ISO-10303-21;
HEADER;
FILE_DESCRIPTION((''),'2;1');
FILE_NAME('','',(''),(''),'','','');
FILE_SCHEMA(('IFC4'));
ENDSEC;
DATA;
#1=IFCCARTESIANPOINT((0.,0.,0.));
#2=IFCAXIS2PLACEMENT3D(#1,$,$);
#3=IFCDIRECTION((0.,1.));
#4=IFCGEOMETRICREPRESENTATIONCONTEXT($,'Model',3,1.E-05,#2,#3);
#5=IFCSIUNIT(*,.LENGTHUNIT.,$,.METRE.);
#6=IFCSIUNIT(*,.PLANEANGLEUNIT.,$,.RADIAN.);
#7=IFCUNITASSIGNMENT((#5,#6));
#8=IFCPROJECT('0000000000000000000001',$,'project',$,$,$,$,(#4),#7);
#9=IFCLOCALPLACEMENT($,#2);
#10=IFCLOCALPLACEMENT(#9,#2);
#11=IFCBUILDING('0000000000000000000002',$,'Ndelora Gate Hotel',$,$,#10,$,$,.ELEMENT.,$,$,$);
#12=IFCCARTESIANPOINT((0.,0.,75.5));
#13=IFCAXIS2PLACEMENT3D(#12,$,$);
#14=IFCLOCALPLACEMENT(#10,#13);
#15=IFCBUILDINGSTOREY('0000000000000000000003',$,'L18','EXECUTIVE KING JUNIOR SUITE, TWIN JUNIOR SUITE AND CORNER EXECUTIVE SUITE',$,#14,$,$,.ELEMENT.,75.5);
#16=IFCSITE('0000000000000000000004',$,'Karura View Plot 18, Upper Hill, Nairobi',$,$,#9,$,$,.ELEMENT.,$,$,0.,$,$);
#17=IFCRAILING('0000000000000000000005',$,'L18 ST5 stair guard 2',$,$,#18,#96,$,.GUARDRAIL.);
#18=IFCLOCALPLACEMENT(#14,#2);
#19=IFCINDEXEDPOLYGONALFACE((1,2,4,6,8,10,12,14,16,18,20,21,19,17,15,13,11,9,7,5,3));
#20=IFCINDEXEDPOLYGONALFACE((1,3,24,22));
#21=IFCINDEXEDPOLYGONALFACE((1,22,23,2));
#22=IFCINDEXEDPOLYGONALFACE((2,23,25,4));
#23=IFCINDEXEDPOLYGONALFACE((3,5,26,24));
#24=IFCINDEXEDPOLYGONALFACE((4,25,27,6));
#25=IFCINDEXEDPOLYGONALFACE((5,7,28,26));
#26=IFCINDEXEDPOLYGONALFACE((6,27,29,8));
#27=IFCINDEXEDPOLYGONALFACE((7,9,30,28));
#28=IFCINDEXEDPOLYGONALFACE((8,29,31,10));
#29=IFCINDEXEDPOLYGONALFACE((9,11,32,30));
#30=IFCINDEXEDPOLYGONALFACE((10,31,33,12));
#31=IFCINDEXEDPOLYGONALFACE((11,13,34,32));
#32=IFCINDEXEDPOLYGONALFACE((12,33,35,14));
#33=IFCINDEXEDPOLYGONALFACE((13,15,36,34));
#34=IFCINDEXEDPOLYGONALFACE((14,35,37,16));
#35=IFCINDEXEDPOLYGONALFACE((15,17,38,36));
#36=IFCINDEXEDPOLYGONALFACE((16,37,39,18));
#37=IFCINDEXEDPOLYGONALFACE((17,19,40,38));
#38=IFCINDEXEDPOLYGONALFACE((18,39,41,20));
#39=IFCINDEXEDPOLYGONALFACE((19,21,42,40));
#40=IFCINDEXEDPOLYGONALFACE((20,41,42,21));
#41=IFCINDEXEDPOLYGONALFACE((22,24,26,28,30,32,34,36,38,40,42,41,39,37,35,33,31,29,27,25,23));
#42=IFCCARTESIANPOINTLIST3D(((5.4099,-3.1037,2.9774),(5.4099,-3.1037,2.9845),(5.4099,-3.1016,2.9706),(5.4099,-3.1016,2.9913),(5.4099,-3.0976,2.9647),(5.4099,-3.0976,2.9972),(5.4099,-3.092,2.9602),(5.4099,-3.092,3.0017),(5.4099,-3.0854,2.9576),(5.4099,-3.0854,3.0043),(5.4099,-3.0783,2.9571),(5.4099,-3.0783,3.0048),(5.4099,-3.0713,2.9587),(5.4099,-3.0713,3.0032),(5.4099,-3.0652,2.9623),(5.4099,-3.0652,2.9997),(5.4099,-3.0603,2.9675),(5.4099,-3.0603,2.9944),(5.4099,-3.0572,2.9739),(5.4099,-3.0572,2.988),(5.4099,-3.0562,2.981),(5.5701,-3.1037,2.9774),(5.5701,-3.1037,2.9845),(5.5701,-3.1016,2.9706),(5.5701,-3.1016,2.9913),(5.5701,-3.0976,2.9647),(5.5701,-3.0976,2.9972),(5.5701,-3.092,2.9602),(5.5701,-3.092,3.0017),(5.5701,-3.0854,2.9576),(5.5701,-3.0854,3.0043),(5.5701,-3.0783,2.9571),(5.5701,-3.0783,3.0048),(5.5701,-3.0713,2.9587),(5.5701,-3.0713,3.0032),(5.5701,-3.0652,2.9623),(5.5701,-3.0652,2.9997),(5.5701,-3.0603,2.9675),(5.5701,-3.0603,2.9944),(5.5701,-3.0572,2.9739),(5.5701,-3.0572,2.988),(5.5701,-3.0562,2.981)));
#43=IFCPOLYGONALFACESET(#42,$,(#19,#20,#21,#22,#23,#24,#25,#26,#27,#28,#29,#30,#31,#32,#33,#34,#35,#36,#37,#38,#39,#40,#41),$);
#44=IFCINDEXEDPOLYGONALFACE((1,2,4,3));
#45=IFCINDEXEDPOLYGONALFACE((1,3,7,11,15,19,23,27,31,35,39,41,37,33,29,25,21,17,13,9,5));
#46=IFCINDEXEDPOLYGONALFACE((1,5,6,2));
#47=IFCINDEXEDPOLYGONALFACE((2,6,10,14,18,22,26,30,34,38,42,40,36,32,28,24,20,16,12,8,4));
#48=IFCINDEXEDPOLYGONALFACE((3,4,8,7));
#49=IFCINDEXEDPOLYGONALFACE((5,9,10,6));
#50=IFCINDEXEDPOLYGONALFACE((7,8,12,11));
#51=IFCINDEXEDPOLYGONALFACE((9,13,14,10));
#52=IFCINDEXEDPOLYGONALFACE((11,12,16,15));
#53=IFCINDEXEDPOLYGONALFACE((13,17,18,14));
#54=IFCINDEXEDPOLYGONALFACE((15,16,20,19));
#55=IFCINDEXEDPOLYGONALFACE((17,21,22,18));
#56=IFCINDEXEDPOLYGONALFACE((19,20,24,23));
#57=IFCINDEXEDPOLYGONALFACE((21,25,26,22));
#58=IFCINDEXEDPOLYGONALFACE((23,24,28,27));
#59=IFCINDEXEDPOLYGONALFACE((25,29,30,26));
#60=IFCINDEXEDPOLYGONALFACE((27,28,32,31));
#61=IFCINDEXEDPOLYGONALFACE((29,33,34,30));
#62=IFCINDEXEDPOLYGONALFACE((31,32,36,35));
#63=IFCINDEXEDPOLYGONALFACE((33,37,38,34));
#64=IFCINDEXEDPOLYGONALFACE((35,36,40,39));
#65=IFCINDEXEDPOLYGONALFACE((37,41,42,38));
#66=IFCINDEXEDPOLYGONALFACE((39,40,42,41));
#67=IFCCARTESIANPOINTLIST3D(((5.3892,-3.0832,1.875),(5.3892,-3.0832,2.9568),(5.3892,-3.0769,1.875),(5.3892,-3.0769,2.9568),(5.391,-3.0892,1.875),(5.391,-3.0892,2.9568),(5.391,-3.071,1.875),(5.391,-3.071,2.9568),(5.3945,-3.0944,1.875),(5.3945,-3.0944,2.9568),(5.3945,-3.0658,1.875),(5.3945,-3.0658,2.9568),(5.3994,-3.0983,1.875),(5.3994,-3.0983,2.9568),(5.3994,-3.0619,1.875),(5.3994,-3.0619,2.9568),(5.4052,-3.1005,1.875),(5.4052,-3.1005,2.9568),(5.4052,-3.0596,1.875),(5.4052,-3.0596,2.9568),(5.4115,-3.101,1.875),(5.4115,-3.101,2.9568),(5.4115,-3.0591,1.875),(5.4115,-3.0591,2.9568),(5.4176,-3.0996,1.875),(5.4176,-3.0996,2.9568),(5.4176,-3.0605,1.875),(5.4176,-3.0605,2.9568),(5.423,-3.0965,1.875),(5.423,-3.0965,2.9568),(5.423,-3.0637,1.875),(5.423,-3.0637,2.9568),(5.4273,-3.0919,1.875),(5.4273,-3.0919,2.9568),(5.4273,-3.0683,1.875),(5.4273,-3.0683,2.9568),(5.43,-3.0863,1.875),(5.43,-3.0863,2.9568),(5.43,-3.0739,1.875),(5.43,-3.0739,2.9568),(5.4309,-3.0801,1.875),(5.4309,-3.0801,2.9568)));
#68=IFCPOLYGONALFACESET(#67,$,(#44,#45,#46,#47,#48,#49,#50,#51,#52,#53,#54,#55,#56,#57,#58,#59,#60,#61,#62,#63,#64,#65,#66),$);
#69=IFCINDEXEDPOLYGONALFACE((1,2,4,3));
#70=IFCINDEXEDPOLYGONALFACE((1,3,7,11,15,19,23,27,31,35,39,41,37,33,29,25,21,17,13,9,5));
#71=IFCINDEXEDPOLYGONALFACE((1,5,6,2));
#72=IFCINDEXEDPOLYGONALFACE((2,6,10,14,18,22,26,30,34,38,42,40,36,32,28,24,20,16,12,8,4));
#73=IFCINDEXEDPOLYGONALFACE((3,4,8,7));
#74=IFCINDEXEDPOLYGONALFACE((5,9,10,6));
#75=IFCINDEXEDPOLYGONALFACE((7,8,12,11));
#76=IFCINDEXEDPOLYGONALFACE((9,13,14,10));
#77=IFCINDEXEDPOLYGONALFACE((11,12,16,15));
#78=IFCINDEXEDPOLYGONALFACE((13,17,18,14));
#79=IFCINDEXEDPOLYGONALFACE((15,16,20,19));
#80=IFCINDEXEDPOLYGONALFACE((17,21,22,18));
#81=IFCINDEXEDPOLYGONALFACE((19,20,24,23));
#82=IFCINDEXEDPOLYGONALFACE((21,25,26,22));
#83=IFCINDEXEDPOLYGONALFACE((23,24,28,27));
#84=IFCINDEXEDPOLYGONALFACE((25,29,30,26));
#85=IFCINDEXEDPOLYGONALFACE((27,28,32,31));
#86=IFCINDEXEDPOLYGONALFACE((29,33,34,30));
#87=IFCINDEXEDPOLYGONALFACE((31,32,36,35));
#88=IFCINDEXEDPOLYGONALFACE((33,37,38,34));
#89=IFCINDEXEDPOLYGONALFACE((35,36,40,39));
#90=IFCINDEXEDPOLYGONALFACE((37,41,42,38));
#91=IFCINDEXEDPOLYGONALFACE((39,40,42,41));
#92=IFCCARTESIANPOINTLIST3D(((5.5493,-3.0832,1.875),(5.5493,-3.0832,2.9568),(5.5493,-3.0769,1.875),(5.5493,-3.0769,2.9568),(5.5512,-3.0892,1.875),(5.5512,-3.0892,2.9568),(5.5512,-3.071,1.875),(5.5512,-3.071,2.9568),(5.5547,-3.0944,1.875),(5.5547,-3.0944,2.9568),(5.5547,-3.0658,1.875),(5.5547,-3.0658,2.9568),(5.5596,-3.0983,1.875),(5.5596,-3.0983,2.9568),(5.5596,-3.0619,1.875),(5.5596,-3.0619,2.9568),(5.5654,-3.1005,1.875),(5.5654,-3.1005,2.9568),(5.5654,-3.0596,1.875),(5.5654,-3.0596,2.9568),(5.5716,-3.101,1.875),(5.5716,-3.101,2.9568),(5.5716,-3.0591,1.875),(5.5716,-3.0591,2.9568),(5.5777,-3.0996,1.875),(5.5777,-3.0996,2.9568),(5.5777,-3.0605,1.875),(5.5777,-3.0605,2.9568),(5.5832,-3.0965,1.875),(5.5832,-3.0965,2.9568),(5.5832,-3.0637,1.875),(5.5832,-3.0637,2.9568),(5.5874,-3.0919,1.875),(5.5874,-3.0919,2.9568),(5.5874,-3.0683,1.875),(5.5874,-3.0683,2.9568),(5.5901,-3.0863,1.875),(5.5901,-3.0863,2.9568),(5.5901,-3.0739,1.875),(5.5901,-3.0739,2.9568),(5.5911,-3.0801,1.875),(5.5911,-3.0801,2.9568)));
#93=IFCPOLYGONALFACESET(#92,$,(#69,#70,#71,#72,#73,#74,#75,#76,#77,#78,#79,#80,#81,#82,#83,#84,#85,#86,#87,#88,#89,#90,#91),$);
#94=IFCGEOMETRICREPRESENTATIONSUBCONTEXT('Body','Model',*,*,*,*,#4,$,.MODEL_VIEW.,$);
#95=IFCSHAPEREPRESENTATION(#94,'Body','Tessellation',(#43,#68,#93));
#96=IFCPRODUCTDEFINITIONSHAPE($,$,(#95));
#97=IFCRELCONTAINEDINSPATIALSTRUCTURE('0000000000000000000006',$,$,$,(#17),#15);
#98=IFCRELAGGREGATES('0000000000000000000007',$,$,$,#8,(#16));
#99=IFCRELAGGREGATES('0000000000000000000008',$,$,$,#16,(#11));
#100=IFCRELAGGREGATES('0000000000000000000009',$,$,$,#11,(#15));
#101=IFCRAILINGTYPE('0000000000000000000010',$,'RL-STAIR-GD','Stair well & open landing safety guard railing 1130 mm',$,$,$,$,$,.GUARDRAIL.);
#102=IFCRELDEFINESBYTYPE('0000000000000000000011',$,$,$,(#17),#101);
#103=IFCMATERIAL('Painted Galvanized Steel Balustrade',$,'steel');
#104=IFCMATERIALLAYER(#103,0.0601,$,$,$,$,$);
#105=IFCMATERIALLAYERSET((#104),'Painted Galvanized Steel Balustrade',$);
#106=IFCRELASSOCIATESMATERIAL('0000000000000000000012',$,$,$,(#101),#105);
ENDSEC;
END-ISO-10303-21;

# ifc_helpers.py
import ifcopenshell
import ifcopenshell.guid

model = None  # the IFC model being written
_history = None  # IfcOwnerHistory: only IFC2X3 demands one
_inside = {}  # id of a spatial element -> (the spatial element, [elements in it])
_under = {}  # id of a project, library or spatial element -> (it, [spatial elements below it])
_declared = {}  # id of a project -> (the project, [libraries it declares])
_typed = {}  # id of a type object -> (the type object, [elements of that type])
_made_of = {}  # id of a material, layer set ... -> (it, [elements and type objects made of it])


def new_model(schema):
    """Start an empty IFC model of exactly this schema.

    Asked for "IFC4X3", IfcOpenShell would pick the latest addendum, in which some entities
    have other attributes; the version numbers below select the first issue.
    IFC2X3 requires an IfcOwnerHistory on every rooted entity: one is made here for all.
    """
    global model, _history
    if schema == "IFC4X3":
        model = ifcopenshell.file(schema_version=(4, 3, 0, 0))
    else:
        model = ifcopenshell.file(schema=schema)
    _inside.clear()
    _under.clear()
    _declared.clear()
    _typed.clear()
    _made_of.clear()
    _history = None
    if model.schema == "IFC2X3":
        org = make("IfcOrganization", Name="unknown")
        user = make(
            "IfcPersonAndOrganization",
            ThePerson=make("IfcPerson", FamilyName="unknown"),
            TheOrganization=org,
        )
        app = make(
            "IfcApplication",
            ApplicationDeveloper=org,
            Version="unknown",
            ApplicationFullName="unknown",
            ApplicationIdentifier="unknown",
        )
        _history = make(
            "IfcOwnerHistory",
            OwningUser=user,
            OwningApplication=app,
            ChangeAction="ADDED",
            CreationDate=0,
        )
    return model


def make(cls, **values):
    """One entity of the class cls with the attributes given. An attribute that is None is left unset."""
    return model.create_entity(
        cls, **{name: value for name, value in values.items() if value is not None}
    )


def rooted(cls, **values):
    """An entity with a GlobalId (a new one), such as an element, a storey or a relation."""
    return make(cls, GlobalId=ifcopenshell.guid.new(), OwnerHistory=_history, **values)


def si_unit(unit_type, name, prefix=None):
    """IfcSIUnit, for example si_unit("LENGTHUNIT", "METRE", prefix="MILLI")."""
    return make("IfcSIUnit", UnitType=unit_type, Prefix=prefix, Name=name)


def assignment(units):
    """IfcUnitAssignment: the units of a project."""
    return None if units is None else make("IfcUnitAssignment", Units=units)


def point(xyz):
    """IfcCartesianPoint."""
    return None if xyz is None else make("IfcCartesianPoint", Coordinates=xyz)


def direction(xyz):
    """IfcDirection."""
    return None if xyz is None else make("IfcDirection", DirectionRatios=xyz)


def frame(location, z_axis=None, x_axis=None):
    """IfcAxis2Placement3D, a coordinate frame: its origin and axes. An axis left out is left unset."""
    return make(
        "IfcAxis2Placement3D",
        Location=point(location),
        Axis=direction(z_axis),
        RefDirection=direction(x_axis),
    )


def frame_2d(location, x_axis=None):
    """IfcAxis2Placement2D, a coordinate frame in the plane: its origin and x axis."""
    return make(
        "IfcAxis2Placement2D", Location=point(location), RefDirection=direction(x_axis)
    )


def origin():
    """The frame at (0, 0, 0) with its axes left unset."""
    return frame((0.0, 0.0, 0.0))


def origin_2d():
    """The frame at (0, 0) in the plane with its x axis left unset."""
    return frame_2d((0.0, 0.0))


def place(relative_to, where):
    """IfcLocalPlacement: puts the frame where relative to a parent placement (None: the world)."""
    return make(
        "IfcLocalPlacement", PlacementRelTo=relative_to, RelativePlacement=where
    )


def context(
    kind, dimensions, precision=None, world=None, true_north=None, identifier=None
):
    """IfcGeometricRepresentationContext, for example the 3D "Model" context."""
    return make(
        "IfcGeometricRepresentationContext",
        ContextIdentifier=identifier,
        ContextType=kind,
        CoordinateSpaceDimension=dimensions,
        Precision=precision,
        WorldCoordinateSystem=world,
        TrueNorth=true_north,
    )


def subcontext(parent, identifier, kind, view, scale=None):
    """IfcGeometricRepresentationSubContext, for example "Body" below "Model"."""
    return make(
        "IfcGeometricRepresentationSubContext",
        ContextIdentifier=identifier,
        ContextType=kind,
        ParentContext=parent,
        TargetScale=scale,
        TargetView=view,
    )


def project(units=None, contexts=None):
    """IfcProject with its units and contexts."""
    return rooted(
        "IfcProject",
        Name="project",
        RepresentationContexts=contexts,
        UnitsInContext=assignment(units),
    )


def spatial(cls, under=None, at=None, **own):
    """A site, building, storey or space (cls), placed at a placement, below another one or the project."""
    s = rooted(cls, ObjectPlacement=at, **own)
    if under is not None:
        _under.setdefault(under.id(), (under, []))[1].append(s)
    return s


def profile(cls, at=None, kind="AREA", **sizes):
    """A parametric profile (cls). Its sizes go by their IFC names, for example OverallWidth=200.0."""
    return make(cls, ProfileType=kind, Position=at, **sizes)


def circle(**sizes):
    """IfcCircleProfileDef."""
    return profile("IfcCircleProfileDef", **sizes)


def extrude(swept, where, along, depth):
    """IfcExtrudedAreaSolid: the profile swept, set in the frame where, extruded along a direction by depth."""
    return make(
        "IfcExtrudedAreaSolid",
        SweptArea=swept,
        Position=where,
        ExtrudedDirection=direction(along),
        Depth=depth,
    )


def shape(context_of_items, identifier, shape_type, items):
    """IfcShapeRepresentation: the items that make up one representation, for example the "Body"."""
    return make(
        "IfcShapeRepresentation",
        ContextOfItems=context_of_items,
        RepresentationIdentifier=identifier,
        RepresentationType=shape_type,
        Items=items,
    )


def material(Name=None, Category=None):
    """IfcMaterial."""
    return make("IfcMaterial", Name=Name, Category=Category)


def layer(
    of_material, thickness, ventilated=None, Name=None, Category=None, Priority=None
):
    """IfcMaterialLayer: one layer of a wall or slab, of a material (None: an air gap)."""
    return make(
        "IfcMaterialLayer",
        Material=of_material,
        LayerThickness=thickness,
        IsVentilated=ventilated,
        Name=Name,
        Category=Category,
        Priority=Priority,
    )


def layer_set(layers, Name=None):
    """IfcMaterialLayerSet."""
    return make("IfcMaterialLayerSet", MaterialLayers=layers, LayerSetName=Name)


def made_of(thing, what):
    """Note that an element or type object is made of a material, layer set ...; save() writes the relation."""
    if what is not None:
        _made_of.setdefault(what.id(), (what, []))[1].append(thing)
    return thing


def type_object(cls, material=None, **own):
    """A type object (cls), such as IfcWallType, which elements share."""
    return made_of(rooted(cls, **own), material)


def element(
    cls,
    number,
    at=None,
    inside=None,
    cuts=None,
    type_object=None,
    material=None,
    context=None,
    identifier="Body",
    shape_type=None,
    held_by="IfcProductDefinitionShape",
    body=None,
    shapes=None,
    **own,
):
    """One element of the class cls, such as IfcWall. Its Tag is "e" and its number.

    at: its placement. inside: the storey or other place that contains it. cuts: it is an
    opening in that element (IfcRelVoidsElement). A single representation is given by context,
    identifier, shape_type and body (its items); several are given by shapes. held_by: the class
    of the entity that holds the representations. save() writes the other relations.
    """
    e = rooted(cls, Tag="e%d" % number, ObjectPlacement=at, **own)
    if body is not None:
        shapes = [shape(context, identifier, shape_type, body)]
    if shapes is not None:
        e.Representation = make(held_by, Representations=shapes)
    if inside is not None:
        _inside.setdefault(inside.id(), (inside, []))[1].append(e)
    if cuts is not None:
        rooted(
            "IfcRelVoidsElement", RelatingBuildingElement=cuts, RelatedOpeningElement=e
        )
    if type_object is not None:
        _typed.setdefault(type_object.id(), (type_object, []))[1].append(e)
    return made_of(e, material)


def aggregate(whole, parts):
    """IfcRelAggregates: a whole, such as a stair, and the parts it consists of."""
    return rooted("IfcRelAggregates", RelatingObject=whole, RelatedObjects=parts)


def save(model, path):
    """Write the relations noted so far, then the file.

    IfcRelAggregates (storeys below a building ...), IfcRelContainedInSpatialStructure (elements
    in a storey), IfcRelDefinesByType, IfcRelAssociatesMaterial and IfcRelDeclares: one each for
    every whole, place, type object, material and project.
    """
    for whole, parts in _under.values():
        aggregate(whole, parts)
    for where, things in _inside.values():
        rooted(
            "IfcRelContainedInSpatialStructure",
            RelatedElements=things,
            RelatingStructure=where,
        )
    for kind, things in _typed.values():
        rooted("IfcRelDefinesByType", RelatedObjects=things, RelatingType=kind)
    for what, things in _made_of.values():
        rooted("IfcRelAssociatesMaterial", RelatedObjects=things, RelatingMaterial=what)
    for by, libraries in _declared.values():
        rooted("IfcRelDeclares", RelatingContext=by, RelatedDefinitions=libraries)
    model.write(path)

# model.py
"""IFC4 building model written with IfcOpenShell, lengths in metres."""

from ifc_helpers import new_model, si_unit, direction, frame, origin, origin_2d, place, context, subcontext, project, spatial, circle, extrude, material, layer, layer_set, type_object, element, save


model = new_model("IFC4")

# Units and contexts
model_context = context("Model", 3, precision=1e-05, world=origin(), true_north=direction((0.0, 1.0)))
body_context = subcontext(model_context, "Body", "Model", "MODEL_VIEW")
ifc_project = project(units=[si_unit("LENGTHUNIT", "METRE"), si_unit("PLANEANGLEUNIT", "RADIAN")], contexts=[model_context])

# Site, building, storey
site_placement = place(None, origin())
site = spatial("IfcSite", under=ifc_project, at=site_placement, Name="Karura View Plot 18, Upper Hill, Nairobi", CompositionType="ELEMENT", RefElevation=0.0)
building_placement = place(site_placement, origin())
building = spatial("IfcBuilding", under=site, at=building_placement, Name="Ndelora Gate Hotel", CompositionType="ELEMENT")
storey_placement = place(building_placement, frame((0.0, 0.0, 75.5)))
storey = spatial("IfcBuildingStorey", under=building, at=storey_placement, Name="L18", Description="EXECUTIVE KING JUNIOR SUITE, TWIN JUNIOR SUITE AND CORNER EXECUTIVE SUITE", CompositionType="ELEMENT", Elevation=75.5)

# Railing
ifc_material_1 = material(Name="Painted Galvanized Steel Balustrade", Category="steel")
ifc_layer_1 = layer(ifc_material_1, 0.0601)
ifc_layer_set_1 = layer_set([ifc_layer_1], Name="Painted Galvanized Steel Balustrade")
railing_type = type_object("IfcRailingType", Name="RL-STAIR-GD", Description="Stair well & open landing safety guard railing 1130 mm", PredefinedType="GUARDRAIL", material=ifc_layer_set_1)
railing_1_placement = place(storey_placement, frame((5.4099, -3.0801, 1.875)))
element("IfcRailing", 1, at=railing_1_placement, inside=storey, type_object=railing_type, Name="L18 ST5 stair guard 2", PredefinedType="GUARDRAIL", context=body_context, shape_type="SweptSolid", body=[
    extrude(circle(Radius=0.0239, at=origin_2d()), frame((0.0, 0.0, 1.106), z_axis=(1.0, 0.0, 0.0), x_axis=(0.0, 1.0, 0.0)), (0.0, 0.0, 1.0), 0.1602),
    extrude(circle(Radius=0.021, at=origin_2d()), origin(), (0.0, 0.0, 1.0), 1.0818),
    extrude(circle(Radius=0.021, at=origin_2d()), frame((0.1602, 0.0, 0.0)), (0.0, 0.0, 1.0), 1.0818),
])

save(model, "model.ifc")
